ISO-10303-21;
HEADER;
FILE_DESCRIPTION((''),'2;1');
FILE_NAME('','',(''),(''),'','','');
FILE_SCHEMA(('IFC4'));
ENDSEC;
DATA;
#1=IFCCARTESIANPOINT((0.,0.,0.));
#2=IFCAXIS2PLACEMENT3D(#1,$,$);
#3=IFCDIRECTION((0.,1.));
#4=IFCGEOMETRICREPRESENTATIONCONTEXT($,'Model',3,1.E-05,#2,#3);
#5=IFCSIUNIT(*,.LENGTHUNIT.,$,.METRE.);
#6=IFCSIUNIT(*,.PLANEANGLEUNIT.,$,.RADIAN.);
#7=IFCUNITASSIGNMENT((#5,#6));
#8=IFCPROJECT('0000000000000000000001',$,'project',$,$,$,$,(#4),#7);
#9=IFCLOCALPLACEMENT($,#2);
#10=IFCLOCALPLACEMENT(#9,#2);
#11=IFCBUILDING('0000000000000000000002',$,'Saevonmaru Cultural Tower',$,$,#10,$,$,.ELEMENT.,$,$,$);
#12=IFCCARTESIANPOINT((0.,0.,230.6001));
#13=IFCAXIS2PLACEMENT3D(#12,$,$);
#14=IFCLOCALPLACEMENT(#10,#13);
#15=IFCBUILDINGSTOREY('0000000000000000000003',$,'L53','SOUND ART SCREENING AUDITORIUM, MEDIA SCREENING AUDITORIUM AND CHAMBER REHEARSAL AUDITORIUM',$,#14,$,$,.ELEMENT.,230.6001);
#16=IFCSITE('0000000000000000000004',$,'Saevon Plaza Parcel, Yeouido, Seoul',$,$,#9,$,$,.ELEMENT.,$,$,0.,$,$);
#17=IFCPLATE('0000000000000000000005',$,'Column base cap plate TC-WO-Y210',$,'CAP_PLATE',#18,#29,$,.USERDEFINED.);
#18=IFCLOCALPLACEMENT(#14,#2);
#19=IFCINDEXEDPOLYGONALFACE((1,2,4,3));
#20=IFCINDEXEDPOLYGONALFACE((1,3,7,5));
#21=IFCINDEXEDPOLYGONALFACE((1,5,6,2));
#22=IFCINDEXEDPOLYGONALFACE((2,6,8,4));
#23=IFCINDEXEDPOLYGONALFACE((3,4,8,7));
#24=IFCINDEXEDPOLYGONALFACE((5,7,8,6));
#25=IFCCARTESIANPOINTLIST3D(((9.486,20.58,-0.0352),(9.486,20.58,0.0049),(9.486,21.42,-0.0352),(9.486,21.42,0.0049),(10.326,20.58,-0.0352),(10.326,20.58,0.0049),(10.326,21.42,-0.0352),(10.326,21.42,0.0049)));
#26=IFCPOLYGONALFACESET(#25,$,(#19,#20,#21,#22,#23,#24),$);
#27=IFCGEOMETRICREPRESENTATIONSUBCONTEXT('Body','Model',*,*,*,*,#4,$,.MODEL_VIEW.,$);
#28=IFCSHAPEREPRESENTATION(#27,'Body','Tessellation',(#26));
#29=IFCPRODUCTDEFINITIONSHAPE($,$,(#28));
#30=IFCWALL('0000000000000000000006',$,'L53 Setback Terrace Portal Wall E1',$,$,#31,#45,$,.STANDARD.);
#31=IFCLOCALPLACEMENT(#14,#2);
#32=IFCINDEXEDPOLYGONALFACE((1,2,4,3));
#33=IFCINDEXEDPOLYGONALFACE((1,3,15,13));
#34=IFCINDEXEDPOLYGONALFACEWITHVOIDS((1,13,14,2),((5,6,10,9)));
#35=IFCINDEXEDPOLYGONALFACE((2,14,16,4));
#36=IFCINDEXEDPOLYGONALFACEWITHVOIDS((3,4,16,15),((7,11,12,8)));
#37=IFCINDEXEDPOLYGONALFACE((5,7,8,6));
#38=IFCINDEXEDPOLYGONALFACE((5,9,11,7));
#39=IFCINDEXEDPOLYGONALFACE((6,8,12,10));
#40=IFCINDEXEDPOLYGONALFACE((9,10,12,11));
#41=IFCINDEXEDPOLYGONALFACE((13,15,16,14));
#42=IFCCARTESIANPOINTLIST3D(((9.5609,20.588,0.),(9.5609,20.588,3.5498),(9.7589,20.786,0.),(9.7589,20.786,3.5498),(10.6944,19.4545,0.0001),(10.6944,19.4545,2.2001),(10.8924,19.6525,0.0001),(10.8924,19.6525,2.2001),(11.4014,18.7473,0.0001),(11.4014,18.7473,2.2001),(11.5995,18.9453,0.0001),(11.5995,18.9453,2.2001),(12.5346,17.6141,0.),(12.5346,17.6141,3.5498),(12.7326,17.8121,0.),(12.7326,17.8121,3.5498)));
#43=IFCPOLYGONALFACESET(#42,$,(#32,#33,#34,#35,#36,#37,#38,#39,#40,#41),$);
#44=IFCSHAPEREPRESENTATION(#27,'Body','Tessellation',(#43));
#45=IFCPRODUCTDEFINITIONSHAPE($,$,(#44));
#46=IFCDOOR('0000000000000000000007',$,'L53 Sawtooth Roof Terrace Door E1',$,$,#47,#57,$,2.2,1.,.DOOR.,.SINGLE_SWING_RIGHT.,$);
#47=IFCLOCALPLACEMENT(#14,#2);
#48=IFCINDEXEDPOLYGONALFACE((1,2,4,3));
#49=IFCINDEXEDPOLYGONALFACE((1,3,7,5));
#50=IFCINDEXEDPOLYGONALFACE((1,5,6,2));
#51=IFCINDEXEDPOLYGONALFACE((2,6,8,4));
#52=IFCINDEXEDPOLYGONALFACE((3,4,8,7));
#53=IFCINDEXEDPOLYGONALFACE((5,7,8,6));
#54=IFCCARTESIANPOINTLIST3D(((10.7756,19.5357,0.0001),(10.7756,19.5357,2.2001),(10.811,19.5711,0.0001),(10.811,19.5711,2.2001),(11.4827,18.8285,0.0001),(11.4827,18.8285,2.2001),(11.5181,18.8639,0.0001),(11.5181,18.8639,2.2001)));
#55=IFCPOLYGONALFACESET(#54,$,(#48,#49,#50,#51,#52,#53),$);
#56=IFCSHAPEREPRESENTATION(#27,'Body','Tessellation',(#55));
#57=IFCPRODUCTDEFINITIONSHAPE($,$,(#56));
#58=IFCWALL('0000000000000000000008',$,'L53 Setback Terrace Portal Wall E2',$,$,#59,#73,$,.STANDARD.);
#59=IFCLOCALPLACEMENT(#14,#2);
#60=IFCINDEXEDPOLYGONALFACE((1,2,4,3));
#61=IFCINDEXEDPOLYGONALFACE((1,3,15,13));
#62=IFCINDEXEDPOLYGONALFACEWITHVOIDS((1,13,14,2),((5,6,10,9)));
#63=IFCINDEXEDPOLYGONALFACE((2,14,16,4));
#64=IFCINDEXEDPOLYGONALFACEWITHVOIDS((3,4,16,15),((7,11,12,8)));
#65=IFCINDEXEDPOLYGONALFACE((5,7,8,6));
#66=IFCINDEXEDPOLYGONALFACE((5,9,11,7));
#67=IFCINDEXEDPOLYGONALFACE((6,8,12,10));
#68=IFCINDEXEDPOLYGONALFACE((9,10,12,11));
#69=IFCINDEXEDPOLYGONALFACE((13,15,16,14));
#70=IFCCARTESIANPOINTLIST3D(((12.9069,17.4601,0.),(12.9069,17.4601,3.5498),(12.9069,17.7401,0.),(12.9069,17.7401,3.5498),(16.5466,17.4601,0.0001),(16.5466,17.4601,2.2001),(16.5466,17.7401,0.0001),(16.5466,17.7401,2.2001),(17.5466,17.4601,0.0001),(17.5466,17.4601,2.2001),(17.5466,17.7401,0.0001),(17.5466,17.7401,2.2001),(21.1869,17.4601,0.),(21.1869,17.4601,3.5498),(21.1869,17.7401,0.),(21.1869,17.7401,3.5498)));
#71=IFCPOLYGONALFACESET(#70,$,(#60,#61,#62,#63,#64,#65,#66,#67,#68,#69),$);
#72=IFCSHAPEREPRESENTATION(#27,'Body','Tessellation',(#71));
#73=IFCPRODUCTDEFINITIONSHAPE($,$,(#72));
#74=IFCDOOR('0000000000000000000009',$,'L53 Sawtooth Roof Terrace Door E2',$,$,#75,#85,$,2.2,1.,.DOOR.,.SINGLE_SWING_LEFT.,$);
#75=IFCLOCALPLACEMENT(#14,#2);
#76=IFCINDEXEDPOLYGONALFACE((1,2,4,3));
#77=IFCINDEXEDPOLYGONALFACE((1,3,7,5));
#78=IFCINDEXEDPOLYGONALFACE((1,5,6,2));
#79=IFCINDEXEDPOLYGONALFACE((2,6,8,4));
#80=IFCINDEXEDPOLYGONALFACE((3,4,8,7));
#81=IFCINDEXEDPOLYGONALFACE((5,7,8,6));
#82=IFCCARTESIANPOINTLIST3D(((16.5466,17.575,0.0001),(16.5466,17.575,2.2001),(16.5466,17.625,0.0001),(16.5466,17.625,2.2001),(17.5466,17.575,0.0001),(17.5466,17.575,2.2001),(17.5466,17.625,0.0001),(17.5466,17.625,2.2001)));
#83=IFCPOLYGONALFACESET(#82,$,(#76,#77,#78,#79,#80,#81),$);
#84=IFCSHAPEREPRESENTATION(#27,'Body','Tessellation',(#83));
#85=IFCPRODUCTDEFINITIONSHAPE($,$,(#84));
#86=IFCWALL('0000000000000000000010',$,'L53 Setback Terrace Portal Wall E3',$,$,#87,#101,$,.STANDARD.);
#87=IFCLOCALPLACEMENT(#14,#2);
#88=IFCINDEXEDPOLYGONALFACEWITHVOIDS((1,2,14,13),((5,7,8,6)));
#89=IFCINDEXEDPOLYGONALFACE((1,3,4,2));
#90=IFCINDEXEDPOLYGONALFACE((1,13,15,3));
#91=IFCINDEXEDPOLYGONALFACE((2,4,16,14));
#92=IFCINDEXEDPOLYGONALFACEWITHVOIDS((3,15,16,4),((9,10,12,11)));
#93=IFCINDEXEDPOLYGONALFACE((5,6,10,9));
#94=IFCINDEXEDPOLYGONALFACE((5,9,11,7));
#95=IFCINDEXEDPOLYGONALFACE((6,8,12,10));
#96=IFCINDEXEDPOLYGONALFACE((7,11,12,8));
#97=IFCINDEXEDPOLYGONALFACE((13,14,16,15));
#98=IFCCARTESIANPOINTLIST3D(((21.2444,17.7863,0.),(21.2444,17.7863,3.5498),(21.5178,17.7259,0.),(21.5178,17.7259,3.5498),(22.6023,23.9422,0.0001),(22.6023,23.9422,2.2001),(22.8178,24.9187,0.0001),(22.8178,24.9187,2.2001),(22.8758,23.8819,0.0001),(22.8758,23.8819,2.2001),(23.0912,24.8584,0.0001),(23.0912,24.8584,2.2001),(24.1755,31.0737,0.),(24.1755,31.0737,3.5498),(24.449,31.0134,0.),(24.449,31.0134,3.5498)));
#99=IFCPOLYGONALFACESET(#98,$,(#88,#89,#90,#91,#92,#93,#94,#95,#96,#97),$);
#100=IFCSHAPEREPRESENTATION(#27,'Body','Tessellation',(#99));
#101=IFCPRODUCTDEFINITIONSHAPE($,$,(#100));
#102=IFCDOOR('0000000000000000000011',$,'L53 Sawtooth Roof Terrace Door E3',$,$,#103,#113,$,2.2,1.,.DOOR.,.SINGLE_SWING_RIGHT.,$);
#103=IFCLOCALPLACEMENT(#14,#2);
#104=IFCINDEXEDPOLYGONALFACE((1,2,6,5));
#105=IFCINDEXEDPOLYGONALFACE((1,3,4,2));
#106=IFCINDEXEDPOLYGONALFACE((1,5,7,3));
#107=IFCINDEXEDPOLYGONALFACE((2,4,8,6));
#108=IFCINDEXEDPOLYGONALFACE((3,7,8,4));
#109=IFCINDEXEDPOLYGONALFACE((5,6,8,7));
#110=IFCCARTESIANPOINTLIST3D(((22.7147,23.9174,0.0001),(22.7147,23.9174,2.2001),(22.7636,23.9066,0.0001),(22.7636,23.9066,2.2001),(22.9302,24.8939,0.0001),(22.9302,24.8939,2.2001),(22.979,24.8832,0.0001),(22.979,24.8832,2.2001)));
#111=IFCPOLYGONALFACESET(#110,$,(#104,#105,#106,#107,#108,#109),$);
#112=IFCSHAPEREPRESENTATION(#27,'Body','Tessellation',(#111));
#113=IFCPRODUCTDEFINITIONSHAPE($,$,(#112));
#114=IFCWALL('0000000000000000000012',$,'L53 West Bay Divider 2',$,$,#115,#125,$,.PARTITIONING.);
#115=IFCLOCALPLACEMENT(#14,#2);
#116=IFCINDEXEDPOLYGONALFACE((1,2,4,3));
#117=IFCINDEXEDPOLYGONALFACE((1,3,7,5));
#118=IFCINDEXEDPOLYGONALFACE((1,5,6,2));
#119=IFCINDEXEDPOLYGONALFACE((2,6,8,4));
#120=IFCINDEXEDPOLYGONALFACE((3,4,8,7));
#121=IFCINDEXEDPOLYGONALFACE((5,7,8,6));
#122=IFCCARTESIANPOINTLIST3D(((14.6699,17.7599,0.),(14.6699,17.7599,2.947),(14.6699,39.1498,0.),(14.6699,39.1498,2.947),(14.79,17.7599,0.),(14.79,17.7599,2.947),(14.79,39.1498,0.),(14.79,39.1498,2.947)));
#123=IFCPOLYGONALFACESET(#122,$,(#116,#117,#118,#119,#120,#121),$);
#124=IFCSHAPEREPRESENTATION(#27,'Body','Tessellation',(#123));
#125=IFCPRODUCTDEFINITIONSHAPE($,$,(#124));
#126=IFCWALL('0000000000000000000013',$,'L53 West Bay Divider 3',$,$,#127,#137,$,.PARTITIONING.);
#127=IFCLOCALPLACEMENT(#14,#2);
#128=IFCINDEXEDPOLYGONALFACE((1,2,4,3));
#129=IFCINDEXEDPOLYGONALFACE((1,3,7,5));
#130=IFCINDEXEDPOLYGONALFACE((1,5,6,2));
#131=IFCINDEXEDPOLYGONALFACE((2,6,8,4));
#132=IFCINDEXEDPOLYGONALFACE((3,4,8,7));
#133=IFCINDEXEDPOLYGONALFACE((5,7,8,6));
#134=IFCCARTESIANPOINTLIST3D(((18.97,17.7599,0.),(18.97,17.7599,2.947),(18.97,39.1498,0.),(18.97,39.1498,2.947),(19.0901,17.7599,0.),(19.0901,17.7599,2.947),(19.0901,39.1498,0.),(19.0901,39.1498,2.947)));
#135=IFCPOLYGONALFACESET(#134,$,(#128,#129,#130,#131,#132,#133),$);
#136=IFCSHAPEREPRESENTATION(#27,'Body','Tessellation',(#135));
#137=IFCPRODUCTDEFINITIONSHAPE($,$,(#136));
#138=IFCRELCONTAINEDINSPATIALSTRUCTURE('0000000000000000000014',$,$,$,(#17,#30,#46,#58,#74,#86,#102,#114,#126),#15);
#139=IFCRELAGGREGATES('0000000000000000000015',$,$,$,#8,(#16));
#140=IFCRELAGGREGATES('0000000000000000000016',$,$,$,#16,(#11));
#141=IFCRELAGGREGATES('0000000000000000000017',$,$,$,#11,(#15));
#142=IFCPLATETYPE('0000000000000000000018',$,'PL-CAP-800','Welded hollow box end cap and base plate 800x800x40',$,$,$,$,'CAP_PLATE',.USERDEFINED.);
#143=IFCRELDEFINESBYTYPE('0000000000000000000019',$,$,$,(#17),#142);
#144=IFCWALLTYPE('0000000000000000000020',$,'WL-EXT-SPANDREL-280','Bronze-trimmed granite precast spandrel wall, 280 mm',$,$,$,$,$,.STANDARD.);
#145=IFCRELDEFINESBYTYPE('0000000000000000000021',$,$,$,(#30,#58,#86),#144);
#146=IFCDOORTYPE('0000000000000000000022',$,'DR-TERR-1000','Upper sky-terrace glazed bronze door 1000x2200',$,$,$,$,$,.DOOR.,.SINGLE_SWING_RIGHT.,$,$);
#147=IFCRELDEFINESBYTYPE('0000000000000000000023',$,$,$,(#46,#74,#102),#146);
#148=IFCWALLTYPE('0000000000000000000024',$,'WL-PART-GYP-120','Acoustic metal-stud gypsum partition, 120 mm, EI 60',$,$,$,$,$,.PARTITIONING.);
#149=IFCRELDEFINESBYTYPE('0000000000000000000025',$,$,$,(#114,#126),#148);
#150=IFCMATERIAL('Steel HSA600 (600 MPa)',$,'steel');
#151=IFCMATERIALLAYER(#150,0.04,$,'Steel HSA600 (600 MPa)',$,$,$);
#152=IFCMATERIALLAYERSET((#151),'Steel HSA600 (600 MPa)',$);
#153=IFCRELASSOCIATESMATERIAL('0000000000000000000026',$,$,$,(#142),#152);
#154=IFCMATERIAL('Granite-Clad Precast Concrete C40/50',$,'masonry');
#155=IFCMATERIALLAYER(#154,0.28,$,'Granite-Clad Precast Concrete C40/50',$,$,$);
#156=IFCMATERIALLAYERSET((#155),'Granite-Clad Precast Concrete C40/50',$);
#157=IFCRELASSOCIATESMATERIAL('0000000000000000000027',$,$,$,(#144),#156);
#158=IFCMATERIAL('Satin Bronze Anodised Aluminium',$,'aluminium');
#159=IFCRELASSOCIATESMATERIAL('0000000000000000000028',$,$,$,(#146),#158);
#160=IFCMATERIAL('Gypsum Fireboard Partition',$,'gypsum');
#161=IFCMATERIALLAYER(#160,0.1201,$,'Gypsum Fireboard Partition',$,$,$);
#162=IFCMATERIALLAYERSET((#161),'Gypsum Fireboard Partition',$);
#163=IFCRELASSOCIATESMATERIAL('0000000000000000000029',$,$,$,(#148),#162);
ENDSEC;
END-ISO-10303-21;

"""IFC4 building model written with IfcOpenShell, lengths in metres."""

from ifc_helpers import new_model, si_unit, direction, frame, frame_2d, origin, origin_2d, place, context, subcontext, project, spatial, rectangle, extrude, material, layer, layer_set, type_object, element, fill, save


model = new_model("IFC4")

# Units and contexts
model_context = context("Model", 3, precision=1e-05, world=origin(), true_north=direction((0.0, 1.0)))
body_context = subcontext(model_context, "Body", "Model", "MODEL_VIEW")
ifc_project = project(units=[si_unit("LENGTHUNIT", "METRE"), si_unit("PLANEANGLEUNIT", "RADIAN")], contexts=[model_context])

# Site, building, storey
site_placement = place(None, origin())
site = spatial("IfcSite", under=ifc_project, at=site_placement, Name="Saevon Plaza Parcel, Yeouido, Seoul", CompositionType="ELEMENT", RefElevation=0.0)
building_placement = place(site_placement, origin())
building = spatial("IfcBuilding", under=site, at=building_placement, Name="Saevonmaru Cultural Tower", CompositionType="ELEMENT")
storey_placement = place(building_placement, frame((0.0, 0.0, 230.6001)))
storey = spatial("IfcBuildingStorey", under=building, at=storey_placement, Name="L53", Description="SOUND ART SCREENING AUDITORIUM, MEDIA SCREENING AUDITORIUM AND CHAMBER REHEARSAL AUDITORIUM", CompositionType="ELEMENT", Elevation=230.6001)

# Shared definitions
ifc_material_1 = material(Name="Satin Bronze Anodised Aluminium", Category="aluminium")

# Plate
ifc_material_2 = material(Name="Steel HSA600 (600 MPa)", Category="steel")
ifc_layer_1 = layer(ifc_material_2, 0.04, Name="Steel HSA600 (600 MPa)")
ifc_layer_set_1 = layer_set([ifc_layer_1], Name="Steel HSA600 (600 MPa)")
plate_type_1 = type_object("IfcPlateType", Name="PL-CAP-800", Description="Welded hollow box end cap and base plate 800x800x40", ElementType="CAP_PLATE", PredefinedType="USERDEFINED", material=ifc_layer_set_1)
plate_1_placement = place(storey_placement, frame((9.906, 21.0, -0.0352), z_axis=(0.0, 0.0, 1.0), x_axis=(1.0, 0.0, 0.0)))
element("IfcPlate", 1, at=plate_1_placement, inside=storey, type_object=plate_type_1, Name="Column base cap plate TC-WO-Y210", ObjectType="CAP_PLATE", PredefinedType="USERDEFINED", context=body_context, shape_type="SweptSolid", body=[
    extrude(rectangle(XDim=0.8401, YDim=0.8401, at=origin_2d()), origin(), (0.0, 0.0, 1.0), 0.04),
])

# Walls, openings, doors
ifc_material_3 = material(Name="Granite-Clad Precast Concrete C40/50", Category="masonry")
ifc_layer_2 = layer(ifc_material_3, 0.28, Name="Granite-Clad Precast Concrete C40/50")
ifc_layer_set_2 = layer_set([ifc_layer_2], Name="Granite-Clad Precast Concrete C40/50")
wall_type_1 = type_object("IfcWallType", Name="WL-EXT-SPANDREL-280", Description="Bronze-trimmed granite precast spandrel wall, 280 mm", PredefinedType="STANDARD", material=ifc_layer_set_2)
wall_1_placement = place(storey_placement, frame((9.6599, 20.687, 0.0), z_axis=(0.0, 0.0, 1.0), x_axis=(0.707078, -0.707136, 0.0)))
wall_1 = element("IfcWall", 2, at=wall_1_placement, inside=storey, type_object=wall_type_1, Name="L53 Setback Terrace Portal Wall E1", PredefinedType="STANDARD", context=body_context, shape_type="SweptSolid", body=[
    extrude(rectangle(XDim=4.2056, YDim=0.28, at=frame_2d((2.1028, 0.0))), origin(), (0.0, 0.0, 1.0), 3.5498),
])
opening_1_placement = place(wall_1_placement, frame((1.603, 0.0, 0.0)))
opening_1 = element("IfcOpeningElement", 3, at=opening_1_placement, cuts=wall_1, PredefinedType="OPENING", context=body_context, shape_type="SweptSolid", body=[
    extrude(rectangle(XDim=1.0, YDim=2.2, at=frame_2d((0.5, 1.1001))), frame((0.0, 0.1499, 0.0), z_axis=(0.0, -1.0, 0.0), x_axis=(1.0, 0.0, 0.0)), (0.0, 0.0, 1.0), 0.3),
])
door_type = type_object("IfcDoorType", Name="DR-TERR-1000", Description="Upper sky-terrace glazed bronze door 1000x2200", OperationType="SINGLE_SWING_RIGHT", PredefinedType="DOOR", material=ifc_material_1)
door_1_placement = place(opening_1_placement, origin())
door_1 = element("IfcDoor", 4, at=door_1_placement, inside=storey, type_object=door_type, Name="L53 Sawtooth Roof Terrace Door E1", OperationType="SINGLE_SWING_RIGHT", OverallHeight=2.2, OverallWidth=1.0, PredefinedType="DOOR", context=body_context, shape_type="SweptSolid", body=[
    extrude(rectangle(XDim=1.0, YDim=2.2, at=frame_2d((0.5, 1.1001))), frame((0.0, 0.0249, 0.0), z_axis=(0.0, -1.0, 0.0), x_axis=(1.0, 0.0, 0.0)), (0.0, 0.0, 1.0), 0.05),
])
fill(opening_1, door_1)
wall_2_placement = place(storey_placement, frame((12.9067, 17.6001, 0.0), z_axis=(0.0, 0.0, 1.0), x_axis=(1.0, 0.0, 0.0)))
wall_2 = element("IfcWall", 5, at=wall_2_placement, inside=storey, type_object=wall_type_1, Name="L53 Setback Terrace Portal Wall E2", PredefinedType="STANDARD", context=body_context, shape_type="SweptSolid", body=[
    extrude(rectangle(XDim=8.28, YDim=0.28, at=frame_2d((4.1401, 0.0))), origin(), (0.0, 0.0, 1.0), 3.5498),
])
opening_2_placement = place(wall_2_placement, frame((3.6399, 0.0, 0.0)))
opening_2 = element("IfcOpeningElement", 6, at=opening_2_placement, cuts=wall_2, PredefinedType="OPENING", context=body_context, shape_type="SweptSolid", body=[
    extrude(rectangle(XDim=1.0, YDim=2.2, at=frame_2d((0.5, 1.1001))), frame((0.0, 0.1499, 0.0), z_axis=(0.0, -1.0, 0.0), x_axis=(1.0, 0.0, 0.0)), (0.0, 0.0, 1.0), 0.3),
])
door_2_placement = place(opening_2_placement, origin())
door_2 = element("IfcDoor", 7, at=door_2_placement, inside=storey, type_object=door_type, Name="L53 Sawtooth Roof Terrace Door E2", OperationType="SINGLE_SWING_LEFT", OverallHeight=2.2, OverallWidth=1.0, PredefinedType="DOOR", context=body_context, shape_type="SweptSolid", body=[
    extrude(rectangle(XDim=1.0, YDim=2.2, at=frame_2d((0.5, 1.1001))), frame((0.0, 0.0249, 0.0), z_axis=(0.0, -1.0, 0.0), x_axis=(1.0, 0.0, 0.0)), (0.0, 0.0, 1.0), 0.05),
])
fill(opening_2, door_2)
wall_3_placement = place(storey_placement, frame((21.3811, 17.7561, 0.0), z_axis=(0.0, 0.0, 1.0), x_axis=(0.215414, 0.976523, 0.0)))
wall_3 = element("IfcWall", 8, at=wall_3_placement, inside=storey, type_object=wall_type_1, Name="L53 Setback Terrace Portal Wall E3", PredefinedType="STANDARD", context=body_context, shape_type="SweptSolid", body=[
    extrude(rectangle(XDim=13.6069, YDim=0.28, at=frame_2d((6.8035, 0.0))), origin(), (0.0, 0.0, 1.0), 3.5498),
])
opening_3_placement = place(wall_3_placement, frame((6.304, 0.0, 0.0)))
opening_3 = element("IfcOpeningElement", 9, at=opening_3_placement, cuts=wall_3, PredefinedType="OPENING", context=body_context, shape_type="SweptSolid", body=[
    extrude(rectangle(XDim=1.0, YDim=2.2, at=frame_2d((0.5, 1.1001))), frame((0.0, 0.1499, 0.0), z_axis=(0.0, -1.0, 0.0), x_axis=(1.0, 0.0, 0.0)), (0.0, 0.0, 1.0), 0.3),
])
door_3_placement = place(opening_3_placement, origin())
door_3 = element("IfcDoor", 10, at=door_3_placement, inside=storey, type_object=door_type, Name="L53 Sawtooth Roof Terrace Door E3", OperationType="SINGLE_SWING_RIGHT", OverallHeight=2.2, OverallWidth=1.0, PredefinedType="DOOR", context=body_context, shape_type="SweptSolid", body=[
    extrude(rectangle(XDim=1.0, YDim=2.2, at=frame_2d((0.5, 1.1001))), frame((0.0, 0.0249, 0.0), z_axis=(0.0, -1.0, 0.0), x_axis=(1.0, 0.0, 0.0)), (0.0, 0.0, 1.0), 0.05),
])
fill(opening_3, door_3)

# Walls
ifc_material_4 = material(Name="Gypsum Fireboard Partition", Category="gypsum")
ifc_layer_3 = layer(ifc_material_4, 0.1201, Name="Gypsum Fireboard Partition")
ifc_layer_set_3 = layer_set([ifc_layer_3], Name="Gypsum Fireboard Partition")
wall_type_2 = type_object("IfcWallType", Name="WL-PART-GYP-120", Description="Acoustic metal-stud gypsum partition, 120 mm, EI 60", PredefinedType="PARTITIONING", material=ifc_layer_set_3)
for number, where, z_axis, x_axis, name in (
    (11, (14.73, 17.76, 0.0), (0.0, 0.0, 1.0), (0.0, 1.0, 0.0), "L53 West Bay Divider 2"),
    (12, (19.03, 17.76, 0.0), (0.0, 0.0, 1.0), (0.0, 1.0, 0.0), "L53 West Bay Divider 3"),
):
    element("IfcWall", number, at=place(storey_placement, frame(where, z_axis=z_axis, x_axis=x_axis)), inside=storey, type_object=wall_type_2, Name=name, PredefinedType="PARTITIONING", context=body_context, shape_type="SweptSolid", body=[
        extrude(rectangle(XDim=21.3899, YDim=0.1201, at=frame_2d((10.6948, 0.0))), origin(), (0.0, 0.0, 1.0), 2.947),
    ])

save(model, "model.ifc")
